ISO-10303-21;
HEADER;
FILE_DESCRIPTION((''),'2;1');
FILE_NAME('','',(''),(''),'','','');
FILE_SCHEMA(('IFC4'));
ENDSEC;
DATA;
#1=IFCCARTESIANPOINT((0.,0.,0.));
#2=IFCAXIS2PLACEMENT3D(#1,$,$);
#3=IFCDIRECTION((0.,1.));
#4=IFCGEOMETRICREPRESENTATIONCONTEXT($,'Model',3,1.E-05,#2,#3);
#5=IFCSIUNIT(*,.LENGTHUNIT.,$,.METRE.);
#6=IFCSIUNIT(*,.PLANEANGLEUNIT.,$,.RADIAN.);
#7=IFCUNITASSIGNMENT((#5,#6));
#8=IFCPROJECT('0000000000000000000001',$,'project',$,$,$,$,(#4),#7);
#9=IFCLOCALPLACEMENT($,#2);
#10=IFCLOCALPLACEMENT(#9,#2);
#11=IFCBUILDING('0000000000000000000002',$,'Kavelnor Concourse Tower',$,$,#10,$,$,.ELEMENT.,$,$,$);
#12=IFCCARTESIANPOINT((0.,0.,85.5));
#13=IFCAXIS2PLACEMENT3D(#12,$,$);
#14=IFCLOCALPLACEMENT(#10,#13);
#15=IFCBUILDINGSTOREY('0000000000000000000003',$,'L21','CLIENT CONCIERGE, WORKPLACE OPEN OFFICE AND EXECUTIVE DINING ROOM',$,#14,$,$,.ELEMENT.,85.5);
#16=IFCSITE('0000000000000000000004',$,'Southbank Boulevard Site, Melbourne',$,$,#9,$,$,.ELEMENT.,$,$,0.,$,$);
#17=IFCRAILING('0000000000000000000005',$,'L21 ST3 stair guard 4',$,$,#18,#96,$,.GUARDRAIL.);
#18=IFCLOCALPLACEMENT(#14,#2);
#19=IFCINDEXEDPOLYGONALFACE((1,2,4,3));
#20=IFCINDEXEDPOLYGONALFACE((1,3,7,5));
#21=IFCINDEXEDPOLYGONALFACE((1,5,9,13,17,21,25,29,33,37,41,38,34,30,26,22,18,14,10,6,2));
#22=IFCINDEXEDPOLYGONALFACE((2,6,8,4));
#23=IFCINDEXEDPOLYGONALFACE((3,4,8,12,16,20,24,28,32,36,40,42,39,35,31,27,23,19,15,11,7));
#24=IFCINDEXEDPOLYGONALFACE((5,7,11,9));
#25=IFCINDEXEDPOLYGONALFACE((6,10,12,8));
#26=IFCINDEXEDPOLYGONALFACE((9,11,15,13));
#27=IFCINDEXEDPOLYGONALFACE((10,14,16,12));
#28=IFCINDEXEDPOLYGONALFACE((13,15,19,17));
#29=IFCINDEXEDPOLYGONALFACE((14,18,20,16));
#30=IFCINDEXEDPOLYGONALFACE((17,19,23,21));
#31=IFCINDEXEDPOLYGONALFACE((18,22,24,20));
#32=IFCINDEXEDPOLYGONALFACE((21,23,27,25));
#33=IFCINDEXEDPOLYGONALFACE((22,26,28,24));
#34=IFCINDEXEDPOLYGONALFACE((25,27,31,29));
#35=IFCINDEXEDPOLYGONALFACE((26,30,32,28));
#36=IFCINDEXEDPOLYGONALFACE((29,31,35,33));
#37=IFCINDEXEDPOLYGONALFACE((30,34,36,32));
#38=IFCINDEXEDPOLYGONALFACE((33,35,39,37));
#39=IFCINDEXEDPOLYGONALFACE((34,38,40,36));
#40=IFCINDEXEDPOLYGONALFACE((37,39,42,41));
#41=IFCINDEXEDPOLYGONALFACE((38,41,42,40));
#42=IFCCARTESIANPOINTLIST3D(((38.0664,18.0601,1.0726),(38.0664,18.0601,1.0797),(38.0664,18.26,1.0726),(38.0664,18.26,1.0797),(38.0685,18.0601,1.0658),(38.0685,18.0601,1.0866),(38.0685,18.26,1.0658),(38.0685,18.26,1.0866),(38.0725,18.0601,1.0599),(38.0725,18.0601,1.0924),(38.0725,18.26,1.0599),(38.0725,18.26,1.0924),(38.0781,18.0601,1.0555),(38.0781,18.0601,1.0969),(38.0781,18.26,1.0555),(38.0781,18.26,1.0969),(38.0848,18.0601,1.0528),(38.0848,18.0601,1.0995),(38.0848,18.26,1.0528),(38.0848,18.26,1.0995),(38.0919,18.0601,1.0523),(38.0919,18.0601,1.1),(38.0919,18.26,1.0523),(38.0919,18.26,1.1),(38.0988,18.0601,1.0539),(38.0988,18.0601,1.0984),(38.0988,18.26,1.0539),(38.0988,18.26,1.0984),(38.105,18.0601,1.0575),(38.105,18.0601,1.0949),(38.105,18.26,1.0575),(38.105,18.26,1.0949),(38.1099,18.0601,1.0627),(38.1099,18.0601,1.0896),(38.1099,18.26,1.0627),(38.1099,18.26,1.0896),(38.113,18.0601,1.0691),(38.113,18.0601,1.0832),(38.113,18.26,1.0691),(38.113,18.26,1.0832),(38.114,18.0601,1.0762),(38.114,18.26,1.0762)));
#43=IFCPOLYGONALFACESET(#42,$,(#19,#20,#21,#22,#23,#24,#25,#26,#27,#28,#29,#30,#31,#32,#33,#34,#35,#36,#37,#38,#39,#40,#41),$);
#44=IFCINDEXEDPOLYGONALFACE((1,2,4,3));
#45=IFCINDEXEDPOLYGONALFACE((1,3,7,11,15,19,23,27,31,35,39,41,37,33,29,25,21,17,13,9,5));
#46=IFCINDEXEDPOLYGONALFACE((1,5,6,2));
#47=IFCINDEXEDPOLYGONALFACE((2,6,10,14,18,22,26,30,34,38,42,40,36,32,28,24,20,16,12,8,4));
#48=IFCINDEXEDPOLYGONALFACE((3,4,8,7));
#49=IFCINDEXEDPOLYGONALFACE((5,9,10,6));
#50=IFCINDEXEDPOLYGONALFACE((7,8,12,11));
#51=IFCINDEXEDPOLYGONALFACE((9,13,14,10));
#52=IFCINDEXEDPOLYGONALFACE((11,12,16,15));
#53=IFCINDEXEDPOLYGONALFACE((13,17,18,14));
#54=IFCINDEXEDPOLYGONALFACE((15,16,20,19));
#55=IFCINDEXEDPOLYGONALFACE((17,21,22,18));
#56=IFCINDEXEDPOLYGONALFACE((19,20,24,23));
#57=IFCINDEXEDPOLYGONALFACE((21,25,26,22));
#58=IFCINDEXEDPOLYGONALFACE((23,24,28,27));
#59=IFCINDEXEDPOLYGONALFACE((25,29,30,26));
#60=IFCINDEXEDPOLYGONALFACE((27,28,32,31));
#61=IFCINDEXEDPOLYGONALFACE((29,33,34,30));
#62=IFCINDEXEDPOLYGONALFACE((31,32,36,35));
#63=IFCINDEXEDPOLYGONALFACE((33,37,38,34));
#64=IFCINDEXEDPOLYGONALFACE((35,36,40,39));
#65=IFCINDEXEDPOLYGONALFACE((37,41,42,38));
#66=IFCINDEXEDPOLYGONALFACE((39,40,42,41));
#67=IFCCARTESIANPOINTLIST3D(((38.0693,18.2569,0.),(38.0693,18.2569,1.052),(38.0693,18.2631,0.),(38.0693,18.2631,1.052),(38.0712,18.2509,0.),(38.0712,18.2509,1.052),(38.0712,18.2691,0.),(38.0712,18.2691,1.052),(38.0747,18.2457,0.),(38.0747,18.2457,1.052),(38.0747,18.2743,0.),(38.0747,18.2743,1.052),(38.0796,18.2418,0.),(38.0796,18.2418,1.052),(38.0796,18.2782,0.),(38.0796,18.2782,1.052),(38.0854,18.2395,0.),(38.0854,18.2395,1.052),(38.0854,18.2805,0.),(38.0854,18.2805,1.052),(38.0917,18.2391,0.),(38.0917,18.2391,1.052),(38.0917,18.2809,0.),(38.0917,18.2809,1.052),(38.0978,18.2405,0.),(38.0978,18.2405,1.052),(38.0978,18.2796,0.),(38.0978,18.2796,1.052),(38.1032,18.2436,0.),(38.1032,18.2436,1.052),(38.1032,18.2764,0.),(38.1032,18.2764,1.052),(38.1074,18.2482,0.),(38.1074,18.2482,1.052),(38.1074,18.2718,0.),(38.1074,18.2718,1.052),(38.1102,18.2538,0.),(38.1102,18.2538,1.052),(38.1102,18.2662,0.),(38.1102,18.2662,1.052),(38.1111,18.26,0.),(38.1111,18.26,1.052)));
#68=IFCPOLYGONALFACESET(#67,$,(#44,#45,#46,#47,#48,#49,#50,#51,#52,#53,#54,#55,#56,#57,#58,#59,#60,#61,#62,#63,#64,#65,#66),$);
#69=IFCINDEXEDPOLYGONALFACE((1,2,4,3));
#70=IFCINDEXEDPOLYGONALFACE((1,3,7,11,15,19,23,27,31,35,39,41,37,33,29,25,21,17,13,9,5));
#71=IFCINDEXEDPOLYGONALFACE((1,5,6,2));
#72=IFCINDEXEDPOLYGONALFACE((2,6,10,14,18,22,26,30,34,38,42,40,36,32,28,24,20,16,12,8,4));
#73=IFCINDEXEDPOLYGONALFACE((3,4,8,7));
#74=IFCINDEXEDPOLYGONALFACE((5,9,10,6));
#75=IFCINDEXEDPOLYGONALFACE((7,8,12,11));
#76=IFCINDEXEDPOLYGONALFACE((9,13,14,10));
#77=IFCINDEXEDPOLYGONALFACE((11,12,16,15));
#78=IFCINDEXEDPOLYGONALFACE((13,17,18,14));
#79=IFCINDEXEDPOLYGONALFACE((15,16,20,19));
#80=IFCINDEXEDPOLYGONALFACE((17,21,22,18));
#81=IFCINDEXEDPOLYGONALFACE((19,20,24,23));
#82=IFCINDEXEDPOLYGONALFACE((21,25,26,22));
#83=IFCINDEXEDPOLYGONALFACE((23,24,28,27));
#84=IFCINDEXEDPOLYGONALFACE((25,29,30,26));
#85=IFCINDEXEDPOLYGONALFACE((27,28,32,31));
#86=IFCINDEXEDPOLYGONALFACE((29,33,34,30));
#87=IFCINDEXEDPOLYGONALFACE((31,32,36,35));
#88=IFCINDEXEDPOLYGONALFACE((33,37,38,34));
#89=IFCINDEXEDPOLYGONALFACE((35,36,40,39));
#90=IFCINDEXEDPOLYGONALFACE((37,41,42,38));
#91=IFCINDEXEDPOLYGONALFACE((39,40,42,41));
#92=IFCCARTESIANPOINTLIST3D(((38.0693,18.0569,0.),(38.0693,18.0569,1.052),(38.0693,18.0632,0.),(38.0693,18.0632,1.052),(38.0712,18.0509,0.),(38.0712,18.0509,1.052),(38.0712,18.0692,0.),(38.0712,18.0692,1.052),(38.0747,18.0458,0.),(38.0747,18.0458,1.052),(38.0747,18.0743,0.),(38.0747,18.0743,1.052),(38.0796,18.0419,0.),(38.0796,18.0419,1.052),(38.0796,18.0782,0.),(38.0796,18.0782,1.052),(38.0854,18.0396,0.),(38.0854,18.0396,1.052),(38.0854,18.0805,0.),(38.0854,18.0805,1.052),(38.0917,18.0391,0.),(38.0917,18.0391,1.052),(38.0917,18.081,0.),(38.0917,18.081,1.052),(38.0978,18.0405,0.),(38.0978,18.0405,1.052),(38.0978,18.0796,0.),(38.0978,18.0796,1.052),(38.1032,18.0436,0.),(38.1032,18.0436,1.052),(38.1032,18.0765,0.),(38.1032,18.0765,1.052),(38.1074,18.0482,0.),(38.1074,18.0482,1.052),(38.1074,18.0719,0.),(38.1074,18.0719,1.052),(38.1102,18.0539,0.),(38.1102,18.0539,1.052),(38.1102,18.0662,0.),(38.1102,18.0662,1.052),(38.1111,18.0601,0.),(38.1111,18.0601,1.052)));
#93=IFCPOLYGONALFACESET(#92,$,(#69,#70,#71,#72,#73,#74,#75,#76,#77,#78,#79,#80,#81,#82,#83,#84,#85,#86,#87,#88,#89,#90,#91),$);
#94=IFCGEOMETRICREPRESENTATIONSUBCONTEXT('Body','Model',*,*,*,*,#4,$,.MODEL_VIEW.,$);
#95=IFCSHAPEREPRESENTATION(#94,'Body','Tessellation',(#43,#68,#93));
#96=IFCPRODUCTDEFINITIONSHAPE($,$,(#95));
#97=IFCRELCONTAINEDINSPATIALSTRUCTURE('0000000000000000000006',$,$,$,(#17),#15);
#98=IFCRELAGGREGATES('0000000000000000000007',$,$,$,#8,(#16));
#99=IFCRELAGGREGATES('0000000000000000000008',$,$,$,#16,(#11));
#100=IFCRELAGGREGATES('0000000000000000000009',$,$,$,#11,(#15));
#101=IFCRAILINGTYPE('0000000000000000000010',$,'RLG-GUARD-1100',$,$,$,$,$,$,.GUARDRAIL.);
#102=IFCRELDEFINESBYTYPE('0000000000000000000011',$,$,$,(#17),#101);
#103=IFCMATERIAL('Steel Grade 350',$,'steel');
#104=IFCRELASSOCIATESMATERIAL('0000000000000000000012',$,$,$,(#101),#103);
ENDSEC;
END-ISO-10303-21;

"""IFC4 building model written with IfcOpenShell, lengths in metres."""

from ifc_helpers import new_model, si_unit, direction, frame, origin, origin_2d, place, context, subcontext, project, spatial, circle, extrude, material, type_object, element, save


model = new_model("IFC4")

# Units and contexts
model_context = context("Model", 3, precision=1e-05, world=origin(), true_north=direction((0.0, 1.0)))
body_context = subcontext(model_context, "Body", "Model", "MODEL_VIEW")
ifc_project = project(units=[si_unit("LENGTHUNIT", "METRE"), si_unit("PLANEANGLEUNIT", "RADIAN")], contexts=[model_context])

# Site, building, storey
site_placement = place(None, origin())
site = spatial("IfcSite", under=ifc_project, at=site_placement, Name="Southbank Boulevard Site, Melbourne", CompositionType="ELEMENT", RefElevation=0.0)
building_placement = place(site_placement, origin())
building = spatial("IfcBuilding", under=site, at=building_placement, Name="Kavelnor Concourse Tower", CompositionType="ELEMENT")
storey_placement = place(building_placement, frame((0.0, 0.0, 85.5)))
storey = spatial("IfcBuildingStorey", under=building, at=storey_placement, Name="L21", Description="CLIENT CONCIERGE, WORKPLACE OPEN OFFICE AND EXECUTIVE DINING ROOM", CompositionType="ELEMENT", Elevation=85.5)

# Shared definitions
ifc_material_1 = material(Name="Steel Grade 350", Category="steel")

# Railing
railing_type_1 = type_object("IfcRailingType", Name="RLG-GUARD-1100", PredefinedType="GUARDRAIL", material=ifc_material_1)
railing_1_placement = place(storey_placement, frame((38.0901, 18.26, 0.0)))
element("IfcRailing", 1, at=railing_1_placement, inside=storey, type_object=railing_type_1, Name="L21 ST3 stair guard 4", PredefinedType="GUARDRAIL", context=body_context, shape_type="SweptSolid", body=[
    extrude(circle(Radius=0.0239, at=origin_2d()), frame((0.0, 0.0, 1.0762), z_axis=(0.0, -1.0, 0.0), x_axis=(1.0, 0.0, 0.0)), (0.0, 0.0, 1.0), 0.2),
    extrude(circle(Radius=0.021, at=origin_2d()), origin(), (0.0, 0.0, 1.0), 1.052),
    extrude(circle(Radius=0.021, at=origin_2d()), frame((0.0, -0.2, 0.0)), (0.0, 0.0, 1.0), 1.052),
])

save(model, "model.ifc")
